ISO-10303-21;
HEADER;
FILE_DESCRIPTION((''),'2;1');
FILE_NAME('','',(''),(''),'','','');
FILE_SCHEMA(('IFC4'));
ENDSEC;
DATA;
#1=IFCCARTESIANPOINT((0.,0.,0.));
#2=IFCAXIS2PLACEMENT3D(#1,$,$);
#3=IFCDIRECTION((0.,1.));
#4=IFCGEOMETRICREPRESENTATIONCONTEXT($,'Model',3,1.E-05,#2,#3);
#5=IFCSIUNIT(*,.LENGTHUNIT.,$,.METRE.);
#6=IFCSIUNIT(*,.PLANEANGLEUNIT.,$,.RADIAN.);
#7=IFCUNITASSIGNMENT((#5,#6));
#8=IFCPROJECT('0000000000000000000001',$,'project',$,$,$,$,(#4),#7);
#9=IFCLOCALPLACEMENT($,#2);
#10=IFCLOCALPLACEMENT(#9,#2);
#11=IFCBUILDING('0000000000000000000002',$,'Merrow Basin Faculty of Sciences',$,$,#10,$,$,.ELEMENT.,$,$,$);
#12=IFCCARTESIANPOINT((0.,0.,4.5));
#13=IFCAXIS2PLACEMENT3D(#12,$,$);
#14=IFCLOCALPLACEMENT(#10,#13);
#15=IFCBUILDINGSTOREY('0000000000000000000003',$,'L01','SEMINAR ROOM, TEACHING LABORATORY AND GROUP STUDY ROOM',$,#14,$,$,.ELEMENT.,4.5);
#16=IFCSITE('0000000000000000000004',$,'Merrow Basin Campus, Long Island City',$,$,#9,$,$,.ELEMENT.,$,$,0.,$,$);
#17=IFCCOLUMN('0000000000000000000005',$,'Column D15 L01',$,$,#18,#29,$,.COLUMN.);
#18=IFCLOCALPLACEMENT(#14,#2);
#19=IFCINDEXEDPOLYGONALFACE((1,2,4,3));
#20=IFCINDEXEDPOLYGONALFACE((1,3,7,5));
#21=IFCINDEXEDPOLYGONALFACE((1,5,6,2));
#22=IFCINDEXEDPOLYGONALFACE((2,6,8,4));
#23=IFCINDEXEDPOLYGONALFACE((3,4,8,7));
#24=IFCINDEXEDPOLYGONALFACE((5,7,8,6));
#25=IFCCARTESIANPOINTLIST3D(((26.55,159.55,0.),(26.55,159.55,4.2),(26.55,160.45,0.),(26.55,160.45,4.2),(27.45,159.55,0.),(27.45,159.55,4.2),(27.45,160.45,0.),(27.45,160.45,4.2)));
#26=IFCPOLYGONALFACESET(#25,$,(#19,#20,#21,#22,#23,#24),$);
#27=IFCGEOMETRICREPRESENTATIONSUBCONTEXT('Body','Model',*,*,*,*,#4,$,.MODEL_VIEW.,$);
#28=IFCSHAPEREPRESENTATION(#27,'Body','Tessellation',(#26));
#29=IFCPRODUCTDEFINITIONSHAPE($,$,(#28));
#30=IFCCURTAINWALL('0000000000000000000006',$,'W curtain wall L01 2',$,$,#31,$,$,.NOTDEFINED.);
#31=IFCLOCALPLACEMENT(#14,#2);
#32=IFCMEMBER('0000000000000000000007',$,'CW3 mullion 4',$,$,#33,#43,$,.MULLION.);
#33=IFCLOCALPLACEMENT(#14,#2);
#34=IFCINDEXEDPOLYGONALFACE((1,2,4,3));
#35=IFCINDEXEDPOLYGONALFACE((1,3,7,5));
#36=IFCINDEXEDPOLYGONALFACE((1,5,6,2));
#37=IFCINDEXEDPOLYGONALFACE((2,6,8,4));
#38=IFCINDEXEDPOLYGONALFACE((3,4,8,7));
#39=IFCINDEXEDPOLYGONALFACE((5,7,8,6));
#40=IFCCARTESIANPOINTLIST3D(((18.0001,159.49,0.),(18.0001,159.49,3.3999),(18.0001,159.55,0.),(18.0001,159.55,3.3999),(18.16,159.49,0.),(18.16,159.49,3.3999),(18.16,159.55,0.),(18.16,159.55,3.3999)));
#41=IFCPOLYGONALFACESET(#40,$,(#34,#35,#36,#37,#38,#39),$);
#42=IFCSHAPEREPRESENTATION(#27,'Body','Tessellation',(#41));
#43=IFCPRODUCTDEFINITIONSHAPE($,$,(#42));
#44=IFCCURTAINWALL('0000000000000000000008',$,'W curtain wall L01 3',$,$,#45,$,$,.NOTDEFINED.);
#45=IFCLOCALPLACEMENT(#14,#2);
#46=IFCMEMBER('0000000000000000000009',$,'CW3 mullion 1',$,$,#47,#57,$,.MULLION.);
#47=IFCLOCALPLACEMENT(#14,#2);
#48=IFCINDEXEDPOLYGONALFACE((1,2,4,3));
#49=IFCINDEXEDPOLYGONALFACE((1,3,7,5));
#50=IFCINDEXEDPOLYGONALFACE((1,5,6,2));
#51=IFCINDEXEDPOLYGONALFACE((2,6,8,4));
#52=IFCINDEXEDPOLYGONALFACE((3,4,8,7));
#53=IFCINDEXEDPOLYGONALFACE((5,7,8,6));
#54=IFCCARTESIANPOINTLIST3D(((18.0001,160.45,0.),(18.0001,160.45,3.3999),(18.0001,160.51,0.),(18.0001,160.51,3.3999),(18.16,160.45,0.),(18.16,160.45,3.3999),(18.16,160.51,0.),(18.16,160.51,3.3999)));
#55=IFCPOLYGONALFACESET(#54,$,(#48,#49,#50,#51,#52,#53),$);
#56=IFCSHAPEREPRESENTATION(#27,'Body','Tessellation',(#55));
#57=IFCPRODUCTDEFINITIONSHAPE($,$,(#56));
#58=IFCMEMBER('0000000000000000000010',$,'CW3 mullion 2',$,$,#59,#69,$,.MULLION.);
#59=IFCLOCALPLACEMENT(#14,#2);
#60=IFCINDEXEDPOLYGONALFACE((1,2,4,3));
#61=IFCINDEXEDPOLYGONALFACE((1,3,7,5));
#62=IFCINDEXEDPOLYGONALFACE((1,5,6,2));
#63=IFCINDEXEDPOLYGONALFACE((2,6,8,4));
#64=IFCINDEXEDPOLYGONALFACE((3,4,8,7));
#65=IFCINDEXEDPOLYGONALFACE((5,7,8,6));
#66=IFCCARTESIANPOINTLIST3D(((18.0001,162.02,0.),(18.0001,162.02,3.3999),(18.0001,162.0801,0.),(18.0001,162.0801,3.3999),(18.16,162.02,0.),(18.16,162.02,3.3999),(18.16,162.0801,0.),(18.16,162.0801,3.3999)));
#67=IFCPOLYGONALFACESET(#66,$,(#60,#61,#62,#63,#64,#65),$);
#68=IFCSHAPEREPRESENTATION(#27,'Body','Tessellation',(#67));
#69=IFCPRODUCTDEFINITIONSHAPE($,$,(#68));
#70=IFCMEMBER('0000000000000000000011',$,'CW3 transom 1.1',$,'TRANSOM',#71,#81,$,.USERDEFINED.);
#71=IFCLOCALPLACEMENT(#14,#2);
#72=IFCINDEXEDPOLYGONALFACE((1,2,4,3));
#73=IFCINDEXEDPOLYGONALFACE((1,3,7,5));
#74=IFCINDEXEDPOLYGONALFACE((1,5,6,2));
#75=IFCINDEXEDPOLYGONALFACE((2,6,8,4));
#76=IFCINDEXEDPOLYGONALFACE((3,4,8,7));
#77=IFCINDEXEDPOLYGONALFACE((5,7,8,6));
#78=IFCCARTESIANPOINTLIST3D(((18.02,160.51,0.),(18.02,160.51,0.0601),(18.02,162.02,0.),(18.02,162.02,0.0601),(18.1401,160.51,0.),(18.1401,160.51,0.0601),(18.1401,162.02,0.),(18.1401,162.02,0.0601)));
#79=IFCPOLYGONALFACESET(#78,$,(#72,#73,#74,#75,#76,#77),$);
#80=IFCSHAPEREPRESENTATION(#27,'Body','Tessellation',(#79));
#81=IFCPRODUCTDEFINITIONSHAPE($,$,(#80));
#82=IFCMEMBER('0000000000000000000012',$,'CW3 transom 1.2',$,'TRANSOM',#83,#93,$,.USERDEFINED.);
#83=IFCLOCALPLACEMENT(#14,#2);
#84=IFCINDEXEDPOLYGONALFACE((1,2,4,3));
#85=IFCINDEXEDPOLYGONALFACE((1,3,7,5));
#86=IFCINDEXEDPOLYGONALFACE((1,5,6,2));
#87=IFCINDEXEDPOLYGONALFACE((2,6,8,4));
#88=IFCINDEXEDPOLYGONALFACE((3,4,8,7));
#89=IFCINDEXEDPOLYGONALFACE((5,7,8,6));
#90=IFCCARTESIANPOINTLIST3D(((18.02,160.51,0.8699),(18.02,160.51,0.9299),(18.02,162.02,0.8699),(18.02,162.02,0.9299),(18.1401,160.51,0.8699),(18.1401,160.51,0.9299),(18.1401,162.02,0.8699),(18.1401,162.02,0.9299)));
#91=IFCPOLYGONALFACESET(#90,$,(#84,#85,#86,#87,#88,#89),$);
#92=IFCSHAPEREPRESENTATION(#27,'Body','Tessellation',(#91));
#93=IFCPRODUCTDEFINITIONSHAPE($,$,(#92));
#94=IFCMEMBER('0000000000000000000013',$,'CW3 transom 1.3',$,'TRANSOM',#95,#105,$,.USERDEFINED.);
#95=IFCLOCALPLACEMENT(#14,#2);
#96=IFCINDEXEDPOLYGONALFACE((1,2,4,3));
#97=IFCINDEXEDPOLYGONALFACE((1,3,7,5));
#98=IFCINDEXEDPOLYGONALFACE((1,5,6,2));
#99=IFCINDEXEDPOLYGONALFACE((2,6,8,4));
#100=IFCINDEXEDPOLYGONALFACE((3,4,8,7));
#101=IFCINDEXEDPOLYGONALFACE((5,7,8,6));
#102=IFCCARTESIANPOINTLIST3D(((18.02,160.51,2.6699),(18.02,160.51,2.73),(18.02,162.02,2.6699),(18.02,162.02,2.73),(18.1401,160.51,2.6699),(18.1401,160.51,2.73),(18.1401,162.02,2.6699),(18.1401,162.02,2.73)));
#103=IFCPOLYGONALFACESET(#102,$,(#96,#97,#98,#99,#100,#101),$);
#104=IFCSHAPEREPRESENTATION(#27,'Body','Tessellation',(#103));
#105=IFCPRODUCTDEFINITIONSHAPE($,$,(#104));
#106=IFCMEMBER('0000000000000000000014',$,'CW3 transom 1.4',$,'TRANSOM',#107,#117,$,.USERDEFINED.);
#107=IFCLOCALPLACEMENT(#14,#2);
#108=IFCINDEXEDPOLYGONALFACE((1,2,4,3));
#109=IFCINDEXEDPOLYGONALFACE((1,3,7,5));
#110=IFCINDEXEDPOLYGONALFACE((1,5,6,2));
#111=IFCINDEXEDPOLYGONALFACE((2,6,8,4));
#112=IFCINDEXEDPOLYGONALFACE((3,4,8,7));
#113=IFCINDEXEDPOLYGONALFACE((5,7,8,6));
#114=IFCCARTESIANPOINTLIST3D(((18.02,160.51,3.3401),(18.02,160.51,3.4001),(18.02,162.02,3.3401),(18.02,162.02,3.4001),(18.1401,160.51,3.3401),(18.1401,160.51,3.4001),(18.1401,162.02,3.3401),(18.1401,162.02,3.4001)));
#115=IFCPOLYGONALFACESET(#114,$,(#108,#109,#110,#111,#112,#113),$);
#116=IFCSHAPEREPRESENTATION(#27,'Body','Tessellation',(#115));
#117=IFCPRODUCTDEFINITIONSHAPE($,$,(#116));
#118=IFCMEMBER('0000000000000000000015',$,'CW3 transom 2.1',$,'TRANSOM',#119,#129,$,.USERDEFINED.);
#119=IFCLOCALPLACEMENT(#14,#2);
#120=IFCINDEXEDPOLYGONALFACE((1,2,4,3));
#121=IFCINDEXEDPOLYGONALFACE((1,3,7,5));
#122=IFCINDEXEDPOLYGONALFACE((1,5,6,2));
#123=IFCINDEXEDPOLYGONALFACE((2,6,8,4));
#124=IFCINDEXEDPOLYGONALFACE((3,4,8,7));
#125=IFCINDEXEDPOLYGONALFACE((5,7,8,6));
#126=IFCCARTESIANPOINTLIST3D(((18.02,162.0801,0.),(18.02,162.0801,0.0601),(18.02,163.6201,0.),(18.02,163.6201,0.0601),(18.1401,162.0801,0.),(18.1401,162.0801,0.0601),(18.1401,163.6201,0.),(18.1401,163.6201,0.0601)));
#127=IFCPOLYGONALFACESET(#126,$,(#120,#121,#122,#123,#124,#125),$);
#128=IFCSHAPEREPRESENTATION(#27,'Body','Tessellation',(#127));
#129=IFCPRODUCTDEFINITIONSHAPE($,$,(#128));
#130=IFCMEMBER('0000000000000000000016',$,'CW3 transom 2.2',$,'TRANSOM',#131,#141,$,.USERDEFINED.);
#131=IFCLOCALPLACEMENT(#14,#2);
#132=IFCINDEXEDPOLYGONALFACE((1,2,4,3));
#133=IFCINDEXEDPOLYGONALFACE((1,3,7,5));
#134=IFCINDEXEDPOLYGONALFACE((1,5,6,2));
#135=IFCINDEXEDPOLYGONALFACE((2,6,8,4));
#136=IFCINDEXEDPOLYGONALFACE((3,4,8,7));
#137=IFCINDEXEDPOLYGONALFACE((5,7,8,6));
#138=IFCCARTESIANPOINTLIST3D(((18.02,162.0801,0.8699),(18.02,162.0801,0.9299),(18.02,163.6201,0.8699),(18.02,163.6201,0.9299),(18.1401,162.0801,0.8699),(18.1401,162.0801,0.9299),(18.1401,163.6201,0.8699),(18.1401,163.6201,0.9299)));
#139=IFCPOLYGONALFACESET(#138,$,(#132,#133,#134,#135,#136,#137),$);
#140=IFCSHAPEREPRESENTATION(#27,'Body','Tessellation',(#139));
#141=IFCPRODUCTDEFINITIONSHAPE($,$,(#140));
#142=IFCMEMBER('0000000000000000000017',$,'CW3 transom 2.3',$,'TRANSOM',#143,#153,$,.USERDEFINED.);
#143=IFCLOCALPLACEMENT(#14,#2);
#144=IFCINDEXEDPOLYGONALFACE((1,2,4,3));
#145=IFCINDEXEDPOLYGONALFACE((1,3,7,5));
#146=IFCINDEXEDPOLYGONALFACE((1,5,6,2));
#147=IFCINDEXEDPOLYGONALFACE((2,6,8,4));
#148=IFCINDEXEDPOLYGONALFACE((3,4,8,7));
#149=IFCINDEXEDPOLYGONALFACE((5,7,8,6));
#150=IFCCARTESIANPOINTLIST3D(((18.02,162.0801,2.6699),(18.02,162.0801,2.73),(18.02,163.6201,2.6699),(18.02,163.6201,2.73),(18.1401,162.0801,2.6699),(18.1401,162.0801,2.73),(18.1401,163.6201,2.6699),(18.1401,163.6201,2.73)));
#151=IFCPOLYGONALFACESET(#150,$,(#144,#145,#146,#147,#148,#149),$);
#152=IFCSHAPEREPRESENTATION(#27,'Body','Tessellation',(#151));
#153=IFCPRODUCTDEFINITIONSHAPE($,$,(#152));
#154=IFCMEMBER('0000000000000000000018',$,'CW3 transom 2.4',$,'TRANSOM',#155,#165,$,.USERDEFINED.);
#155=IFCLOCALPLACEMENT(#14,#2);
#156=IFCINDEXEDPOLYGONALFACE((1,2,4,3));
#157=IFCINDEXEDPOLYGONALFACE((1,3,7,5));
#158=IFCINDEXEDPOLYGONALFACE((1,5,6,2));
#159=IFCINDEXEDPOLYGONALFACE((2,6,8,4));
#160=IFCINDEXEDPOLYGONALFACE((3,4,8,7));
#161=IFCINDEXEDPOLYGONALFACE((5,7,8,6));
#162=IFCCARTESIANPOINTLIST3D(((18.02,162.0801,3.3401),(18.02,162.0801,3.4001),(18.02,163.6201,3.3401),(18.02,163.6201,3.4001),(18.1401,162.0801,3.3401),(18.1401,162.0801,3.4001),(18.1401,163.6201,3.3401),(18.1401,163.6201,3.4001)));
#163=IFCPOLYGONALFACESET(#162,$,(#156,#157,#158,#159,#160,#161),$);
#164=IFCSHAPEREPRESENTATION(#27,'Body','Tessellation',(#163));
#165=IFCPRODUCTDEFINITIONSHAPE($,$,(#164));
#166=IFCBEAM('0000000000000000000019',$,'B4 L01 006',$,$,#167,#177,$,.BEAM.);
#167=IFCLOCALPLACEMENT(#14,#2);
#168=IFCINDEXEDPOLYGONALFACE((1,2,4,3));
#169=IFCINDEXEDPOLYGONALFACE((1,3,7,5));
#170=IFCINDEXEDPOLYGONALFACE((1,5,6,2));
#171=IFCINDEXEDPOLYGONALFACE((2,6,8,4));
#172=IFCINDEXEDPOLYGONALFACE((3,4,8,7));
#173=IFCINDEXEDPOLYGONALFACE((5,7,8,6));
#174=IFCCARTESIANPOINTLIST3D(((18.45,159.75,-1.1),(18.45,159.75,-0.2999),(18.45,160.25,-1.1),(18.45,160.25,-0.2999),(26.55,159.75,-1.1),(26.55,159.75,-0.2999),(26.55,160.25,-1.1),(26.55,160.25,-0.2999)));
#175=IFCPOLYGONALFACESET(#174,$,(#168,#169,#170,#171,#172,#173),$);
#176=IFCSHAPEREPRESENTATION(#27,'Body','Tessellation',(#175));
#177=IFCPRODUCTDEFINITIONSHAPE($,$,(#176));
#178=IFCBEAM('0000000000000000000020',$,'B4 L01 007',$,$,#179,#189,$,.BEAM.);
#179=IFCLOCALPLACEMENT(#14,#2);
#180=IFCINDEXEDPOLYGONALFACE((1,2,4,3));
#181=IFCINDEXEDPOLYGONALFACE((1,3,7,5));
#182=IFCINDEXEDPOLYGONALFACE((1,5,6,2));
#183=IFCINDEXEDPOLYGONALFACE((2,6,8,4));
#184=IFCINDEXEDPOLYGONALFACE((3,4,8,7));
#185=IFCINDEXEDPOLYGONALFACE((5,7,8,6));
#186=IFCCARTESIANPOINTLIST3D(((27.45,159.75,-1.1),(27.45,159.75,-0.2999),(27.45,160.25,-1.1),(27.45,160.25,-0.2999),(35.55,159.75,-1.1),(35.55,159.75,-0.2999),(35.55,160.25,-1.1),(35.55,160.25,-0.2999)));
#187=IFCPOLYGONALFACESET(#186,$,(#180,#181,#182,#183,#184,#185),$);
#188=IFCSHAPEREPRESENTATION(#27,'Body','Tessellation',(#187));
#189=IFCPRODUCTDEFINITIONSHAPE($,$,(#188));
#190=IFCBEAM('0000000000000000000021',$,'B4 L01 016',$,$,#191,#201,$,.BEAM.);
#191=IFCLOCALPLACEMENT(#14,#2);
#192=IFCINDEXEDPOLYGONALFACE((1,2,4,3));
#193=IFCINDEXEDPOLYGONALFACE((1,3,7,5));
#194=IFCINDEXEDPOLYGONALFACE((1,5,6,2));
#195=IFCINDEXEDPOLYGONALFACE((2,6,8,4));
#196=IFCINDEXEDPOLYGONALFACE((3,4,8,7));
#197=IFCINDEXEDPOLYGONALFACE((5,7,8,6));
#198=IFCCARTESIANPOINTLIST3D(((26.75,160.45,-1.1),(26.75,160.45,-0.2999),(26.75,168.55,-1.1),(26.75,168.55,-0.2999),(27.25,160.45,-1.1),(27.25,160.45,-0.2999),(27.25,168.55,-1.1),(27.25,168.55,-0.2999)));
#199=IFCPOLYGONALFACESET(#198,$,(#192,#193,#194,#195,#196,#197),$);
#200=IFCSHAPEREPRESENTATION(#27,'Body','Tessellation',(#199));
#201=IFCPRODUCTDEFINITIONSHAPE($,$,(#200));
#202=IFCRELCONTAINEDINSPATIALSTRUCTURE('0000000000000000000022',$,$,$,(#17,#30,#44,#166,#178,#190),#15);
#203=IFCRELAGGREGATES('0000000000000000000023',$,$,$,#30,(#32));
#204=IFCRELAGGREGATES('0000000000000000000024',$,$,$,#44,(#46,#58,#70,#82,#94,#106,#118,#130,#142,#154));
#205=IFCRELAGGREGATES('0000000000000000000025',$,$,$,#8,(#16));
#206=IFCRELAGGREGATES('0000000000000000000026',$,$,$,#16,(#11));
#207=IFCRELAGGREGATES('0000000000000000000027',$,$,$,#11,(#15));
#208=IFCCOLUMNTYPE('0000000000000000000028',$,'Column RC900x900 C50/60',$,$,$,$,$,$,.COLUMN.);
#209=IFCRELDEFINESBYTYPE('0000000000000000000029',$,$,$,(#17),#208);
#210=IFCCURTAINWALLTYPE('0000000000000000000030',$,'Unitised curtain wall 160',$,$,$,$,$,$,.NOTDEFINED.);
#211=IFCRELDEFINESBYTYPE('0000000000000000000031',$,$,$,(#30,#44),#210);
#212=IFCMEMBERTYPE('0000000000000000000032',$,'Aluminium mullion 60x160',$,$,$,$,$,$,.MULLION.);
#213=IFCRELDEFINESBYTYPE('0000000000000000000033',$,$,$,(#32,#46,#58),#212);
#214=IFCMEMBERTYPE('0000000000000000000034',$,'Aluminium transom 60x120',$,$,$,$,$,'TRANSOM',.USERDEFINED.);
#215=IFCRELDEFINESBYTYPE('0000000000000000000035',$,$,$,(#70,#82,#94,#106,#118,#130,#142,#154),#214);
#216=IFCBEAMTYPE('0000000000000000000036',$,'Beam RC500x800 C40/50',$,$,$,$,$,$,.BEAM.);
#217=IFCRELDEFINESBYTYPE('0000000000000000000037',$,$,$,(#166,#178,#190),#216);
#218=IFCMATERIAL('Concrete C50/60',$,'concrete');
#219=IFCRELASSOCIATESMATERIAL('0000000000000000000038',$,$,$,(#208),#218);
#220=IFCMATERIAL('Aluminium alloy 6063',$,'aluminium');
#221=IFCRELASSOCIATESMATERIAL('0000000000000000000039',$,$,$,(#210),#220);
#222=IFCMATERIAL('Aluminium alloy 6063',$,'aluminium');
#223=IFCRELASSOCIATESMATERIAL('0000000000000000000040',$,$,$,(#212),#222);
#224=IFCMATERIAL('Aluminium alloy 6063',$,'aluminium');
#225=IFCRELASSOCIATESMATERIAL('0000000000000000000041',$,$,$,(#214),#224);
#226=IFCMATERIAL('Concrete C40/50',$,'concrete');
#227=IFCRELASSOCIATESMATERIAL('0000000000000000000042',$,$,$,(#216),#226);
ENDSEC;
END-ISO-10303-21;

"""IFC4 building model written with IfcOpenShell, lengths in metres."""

from ifc_helpers import new_model, si_unit, direction, frame, origin, origin_2d, place, context, subcontext, project, spatial, rectangle, extrude, material, material_profile, profile_set, type_object, element, aggregate, save


model = new_model("IFC4")

# Units and contexts
model_context = context("Model", 3, precision=1e-05, world=origin(), true_north=direction((0.0, 1.0)))
body_context = subcontext(model_context, "Body", "Model", "MODEL_VIEW")
ifc_project = project(units=[si_unit("LENGTHUNIT", "METRE"), si_unit("PLANEANGLEUNIT", "RADIAN")], contexts=[model_context])

# Site, building, storey
site_placement = place(None, origin())
site = spatial("IfcSite", under=ifc_project, at=site_placement, Name="Merrow Basin Campus, Long Island City", CompositionType="ELEMENT", RefElevation=0.0)
building_placement = place(site_placement, origin())
building = spatial("IfcBuilding", under=site, at=building_placement, Name="Merrow Basin Faculty of Sciences", CompositionType="ELEMENT")
storey_placement = place(building_placement, frame((0.0, 0.0, 4.5)))
storey = spatial("IfcBuildingStorey", under=building, at=storey_placement, Name="L01", Description="SEMINAR ROOM, TEACHING LABORATORY AND GROUP STUDY ROOM", CompositionType="ELEMENT", Elevation=4.5)

# Column
ifc_material_1 = material(Name="Concrete C50/60", Category="concrete")
ifc_material_profile_1 = material_profile(ifc_material_1, rectangle(XDim=0.8999, YDim=0.8999, at=origin_2d()))
ifc_profile_set_1 = profile_set([ifc_material_profile_1], Name="Concrete C50/60")
column_type = type_object("IfcColumnType", Name="Column RC900x900 C50/60", PredefinedType="COLUMN", material=ifc_profile_set_1)
column_placement = place(storey_placement, frame((27.0, 160.0, 0.0), z_axis=(0.0, 0.0, 1.0), x_axis=(1.0, 0.0, 0.0)))
element("IfcColumn", 1, at=column_placement, inside=storey, type_object=column_type, Name="Column D15 L01", PredefinedType="COLUMN", context=body_context, shape_type="SweptSolid", body=[
    extrude(rectangle(XDim=0.8999, YDim=0.8999, at=origin_2d()), origin(), (0.0, 0.0, 1.0), 4.2),
])

# Curtain wall, member
ifc_material_2 = material(Name="Aluminium alloy 6063", Category="aluminium")
curtain_wall_type = type_object("IfcCurtainWallType", Name="Unitised curtain wall 160", PredefinedType="NOTDEFINED", material=ifc_material_2)
curtain_wall_1_placement = place(storey_placement, origin())
curtain_wall_1 = element("IfcCurtainWall", 2, at=curtain_wall_1_placement, inside=storey, type_object=curtain_wall_type, Name="W curtain wall L01 2", PredefinedType="NOTDEFINED")
ifc_material_3 = material(Name="Aluminium alloy 6063", Category="aluminium")
ifc_material_profile_2 = material_profile(ifc_material_3, rectangle(XDim=0.1599, YDim=0.0601, at=origin_2d()))
ifc_profile_set_2 = profile_set([ifc_material_profile_2], Name="Aluminium alloy 6063")
member_type_1 = type_object("IfcMemberType", Name="Aluminium mullion 60x160", PredefinedType="MULLION", material=ifc_profile_set_2)
member_1_placement = place(storey_placement, frame((18.0801, 159.52, 0.0), z_axis=(0.0, 0.0, 1.0), x_axis=(-1.0, 0.0, 0.0)))
member_1 = element("IfcMember", 3, at=member_1_placement, type_object=member_type_1, Name="CW3 mullion 4", PredefinedType="MULLION", context=body_context, shape_type="SweptSolid", body=[
    extrude(rectangle(XDim=0.1599, YDim=0.0601, at=origin_2d()), origin(), (0.0, 0.0, 1.0), 3.3999),
])

# Curtain wall, members
curtain_wall_2_placement = place(storey_placement, origin())
curtain_wall_2 = element("IfcCurtainWall", 4, at=curtain_wall_2_placement, inside=storey, type_object=curtain_wall_type, Name="W curtain wall L01 3", PredefinedType="NOTDEFINED")
member_2_placement = place(storey_placement, frame((18.0801, 160.48, 0.0), z_axis=(0.0, 0.0, 1.0), x_axis=(-1.0, 0.0, 0.0)))
member_2 = element("IfcMember", 5, at=member_2_placement, type_object=member_type_1, Name="CW3 mullion 1", PredefinedType="MULLION", context=body_context, shape_type="SweptSolid", body=[
    extrude(rectangle(XDim=0.1599, YDim=0.0601, at=origin_2d()), origin(), (0.0, 0.0, 1.0), 3.3999),
])
member_3_placement = place(storey_placement, frame((18.0801, 162.05, 0.0), z_axis=(0.0, 0.0, 1.0), x_axis=(-1.0, 0.0, 0.0)))
member_3 = element("IfcMember", 6, at=member_3_placement, type_object=member_type_1, Name="CW3 mullion 2", PredefinedType="MULLION", context=body_context, shape_type="SweptSolid", body=[
    extrude(rectangle(XDim=0.1599, YDim=0.0601, at=origin_2d()), origin(), (0.0, 0.0, 1.0), 3.3999),
])
ifc_material_4 = material(Name="Aluminium alloy 6063", Category="aluminium")
ifc_material_profile_3 = material_profile(ifc_material_4, rectangle(XDim=0.1201, YDim=0.0601, at=origin_2d()))
ifc_profile_set_3 = profile_set([ifc_material_profile_3], Name="Aluminium alloy 6063")
member_type_2 = type_object("IfcMemberType", Name="Aluminium transom 60x120", ElementType="TRANSOM", PredefinedType="USERDEFINED", material=ifc_profile_set_3)
member_4_placement = place(storey_placement, frame((18.0801, 160.51, 0.03), z_axis=(0.0, 1.0, 0.0), x_axis=(-1.0, 0.0, 0.0)))
member_4 = element("IfcMember", 7, at=member_4_placement, type_object=member_type_2, Name="CW3 transom 1.1", ObjectType="TRANSOM", PredefinedType="USERDEFINED", context=body_context, shape_type="SweptSolid", body=[
    extrude(rectangle(XDim=0.1201, YDim=0.0601, at=origin_2d()), origin(), (0.0, 0.0, 1.0), 1.51),
])
member_5_placement = place(storey_placement, frame((18.0801, 160.51, 0.8999), z_axis=(0.0, 1.0, 0.0), x_axis=(-1.0, 0.0, 0.0)))
member_5 = element("IfcMember", 8, at=member_5_placement, type_object=member_type_2, Name="CW3 transom 1.2", ObjectType="TRANSOM", PredefinedType="USERDEFINED", context=body_context, shape_type="SweptSolid", body=[
    extrude(rectangle(XDim=0.1201, YDim=0.0601, at=origin_2d()), origin(), (0.0, 0.0, 1.0), 1.51),
])
member_6_placement = place(storey_placement, frame((18.0801, 160.51, 2.7), z_axis=(0.0, 1.0, 0.0), x_axis=(-1.0, 0.0, 0.0)))
member_6 = element("IfcMember", 9, at=member_6_placement, type_object=member_type_2, Name="CW3 transom 1.3", ObjectType="TRANSOM", PredefinedType="USERDEFINED", context=body_context, shape_type="SweptSolid", body=[
    extrude(rectangle(XDim=0.1201, YDim=0.0601, at=origin_2d()), origin(), (0.0, 0.0, 1.0), 1.51),
])
member_7_placement = place(storey_placement, frame((18.0801, 160.51, 3.3701), z_axis=(0.0, 1.0, 0.0), x_axis=(-1.0, 0.0, 0.0)))
member_7 = element("IfcMember", 10, at=member_7_placement, type_object=member_type_2, Name="CW3 transom 1.4", ObjectType="TRANSOM", PredefinedType="USERDEFINED", context=body_context, shape_type="SweptSolid", body=[
    extrude(rectangle(XDim=0.1201, YDim=0.0601, at=origin_2d()), origin(), (0.0, 0.0, 1.0), 1.51),
])
member_8_placement = place(storey_placement, frame((18.0801, 162.0801, 0.03), z_axis=(0.0, 1.0, 0.0), x_axis=(-1.0, 0.0, 0.0)))
member_8 = element("IfcMember", 11, at=member_8_placement, type_object=member_type_2, Name="CW3 transom 2.1", ObjectType="TRANSOM", PredefinedType="USERDEFINED", context=body_context, shape_type="SweptSolid", body=[
    extrude(rectangle(XDim=0.1201, YDim=0.0601, at=origin_2d()), origin(), (0.0, 0.0, 1.0), 1.54),
])
member_9_placement = place(storey_placement, frame((18.0801, 162.0801, 0.8999), z_axis=(0.0, 1.0, 0.0), x_axis=(-1.0, 0.0, 0.0)))
member_9 = element("IfcMember", 12, at=member_9_placement, type_object=member_type_2, Name="CW3 transom 2.2", ObjectType="TRANSOM", PredefinedType="USERDEFINED", context=body_context, shape_type="SweptSolid", body=[
    extrude(rectangle(XDim=0.1201, YDim=0.0601, at=origin_2d()), origin(), (0.0, 0.0, 1.0), 1.54),
])
member_10_placement = place(storey_placement, frame((18.0801, 162.0801, 2.7), z_axis=(0.0, 1.0, 0.0), x_axis=(-1.0, 0.0, 0.0)))
member_10 = element("IfcMember", 13, at=member_10_placement, type_object=member_type_2, Name="CW3 transom 2.3", ObjectType="TRANSOM", PredefinedType="USERDEFINED", context=body_context, shape_type="SweptSolid", body=[
    extrude(rectangle(XDim=0.1201, YDim=0.0601, at=origin_2d()), origin(), (0.0, 0.0, 1.0), 1.54),
])
member_11_placement = place(storey_placement, frame((18.0801, 162.0801, 3.3701), z_axis=(0.0, 1.0, 0.0), x_axis=(-1.0, 0.0, 0.0)))
member_11 = element("IfcMember", 14, at=member_11_placement, type_object=member_type_2, Name="CW3 transom 2.4", ObjectType="TRANSOM", PredefinedType="USERDEFINED", context=body_context, shape_type="SweptSolid", body=[
    extrude(rectangle(XDim=0.1201, YDim=0.0601, at=origin_2d()), origin(), (0.0, 0.0, 1.0), 1.54),
])

# Beams
ifc_material_5 = material(Name="Concrete C40/50", Category="concrete")
ifc_material_profile_4 = material_profile(ifc_material_5, rectangle(XDim=0.5, YDim=0.8, at=origin_2d()))
ifc_profile_set_4 = profile_set([ifc_material_profile_4], Name="Concrete C40/50")
beam_type_1 = type_object("IfcBeamType", Name="Beam RC500x800 C40/50", PredefinedType="BEAM", material=ifc_profile_set_4)
for number, where, z_axis, x_axis, name in (
    (15, (18.45, 160.0, -0.7), (1.0, 0.0, 0.0), (0.0, 1.0, 0.0), "B4 L01 006"),
    (16, (27.45, 160.0, -0.7), (1.0, 0.0, 0.0), (0.0, 1.0, 0.0), "B4 L01 007"),
    (17, (27.0, 160.45, -0.7), (0.0, 1.0, 0.0), (-1.0, 0.0, 0.0), "B4 L01 016"),
):
    element("IfcBeam", number, at=place(storey_placement, frame(where, z_axis=z_axis, x_axis=x_axis)), inside=storey, type_object=beam_type_1, Name=name, PredefinedType="BEAM", context=body_context, shape_type="SweptSolid", body=[
        extrude(rectangle(XDim=0.5, YDim=0.8, at=origin_2d()), origin(), (0.0, 0.0, 1.0), 8.1001),
    ])

aggregate(curtain_wall_1, [member_1])
aggregate(curtain_wall_2, [member_2, member_3, member_4, member_5, member_6, member_7, member_8, member_9, member_10, member_11])

save(model, "model.ifc")
